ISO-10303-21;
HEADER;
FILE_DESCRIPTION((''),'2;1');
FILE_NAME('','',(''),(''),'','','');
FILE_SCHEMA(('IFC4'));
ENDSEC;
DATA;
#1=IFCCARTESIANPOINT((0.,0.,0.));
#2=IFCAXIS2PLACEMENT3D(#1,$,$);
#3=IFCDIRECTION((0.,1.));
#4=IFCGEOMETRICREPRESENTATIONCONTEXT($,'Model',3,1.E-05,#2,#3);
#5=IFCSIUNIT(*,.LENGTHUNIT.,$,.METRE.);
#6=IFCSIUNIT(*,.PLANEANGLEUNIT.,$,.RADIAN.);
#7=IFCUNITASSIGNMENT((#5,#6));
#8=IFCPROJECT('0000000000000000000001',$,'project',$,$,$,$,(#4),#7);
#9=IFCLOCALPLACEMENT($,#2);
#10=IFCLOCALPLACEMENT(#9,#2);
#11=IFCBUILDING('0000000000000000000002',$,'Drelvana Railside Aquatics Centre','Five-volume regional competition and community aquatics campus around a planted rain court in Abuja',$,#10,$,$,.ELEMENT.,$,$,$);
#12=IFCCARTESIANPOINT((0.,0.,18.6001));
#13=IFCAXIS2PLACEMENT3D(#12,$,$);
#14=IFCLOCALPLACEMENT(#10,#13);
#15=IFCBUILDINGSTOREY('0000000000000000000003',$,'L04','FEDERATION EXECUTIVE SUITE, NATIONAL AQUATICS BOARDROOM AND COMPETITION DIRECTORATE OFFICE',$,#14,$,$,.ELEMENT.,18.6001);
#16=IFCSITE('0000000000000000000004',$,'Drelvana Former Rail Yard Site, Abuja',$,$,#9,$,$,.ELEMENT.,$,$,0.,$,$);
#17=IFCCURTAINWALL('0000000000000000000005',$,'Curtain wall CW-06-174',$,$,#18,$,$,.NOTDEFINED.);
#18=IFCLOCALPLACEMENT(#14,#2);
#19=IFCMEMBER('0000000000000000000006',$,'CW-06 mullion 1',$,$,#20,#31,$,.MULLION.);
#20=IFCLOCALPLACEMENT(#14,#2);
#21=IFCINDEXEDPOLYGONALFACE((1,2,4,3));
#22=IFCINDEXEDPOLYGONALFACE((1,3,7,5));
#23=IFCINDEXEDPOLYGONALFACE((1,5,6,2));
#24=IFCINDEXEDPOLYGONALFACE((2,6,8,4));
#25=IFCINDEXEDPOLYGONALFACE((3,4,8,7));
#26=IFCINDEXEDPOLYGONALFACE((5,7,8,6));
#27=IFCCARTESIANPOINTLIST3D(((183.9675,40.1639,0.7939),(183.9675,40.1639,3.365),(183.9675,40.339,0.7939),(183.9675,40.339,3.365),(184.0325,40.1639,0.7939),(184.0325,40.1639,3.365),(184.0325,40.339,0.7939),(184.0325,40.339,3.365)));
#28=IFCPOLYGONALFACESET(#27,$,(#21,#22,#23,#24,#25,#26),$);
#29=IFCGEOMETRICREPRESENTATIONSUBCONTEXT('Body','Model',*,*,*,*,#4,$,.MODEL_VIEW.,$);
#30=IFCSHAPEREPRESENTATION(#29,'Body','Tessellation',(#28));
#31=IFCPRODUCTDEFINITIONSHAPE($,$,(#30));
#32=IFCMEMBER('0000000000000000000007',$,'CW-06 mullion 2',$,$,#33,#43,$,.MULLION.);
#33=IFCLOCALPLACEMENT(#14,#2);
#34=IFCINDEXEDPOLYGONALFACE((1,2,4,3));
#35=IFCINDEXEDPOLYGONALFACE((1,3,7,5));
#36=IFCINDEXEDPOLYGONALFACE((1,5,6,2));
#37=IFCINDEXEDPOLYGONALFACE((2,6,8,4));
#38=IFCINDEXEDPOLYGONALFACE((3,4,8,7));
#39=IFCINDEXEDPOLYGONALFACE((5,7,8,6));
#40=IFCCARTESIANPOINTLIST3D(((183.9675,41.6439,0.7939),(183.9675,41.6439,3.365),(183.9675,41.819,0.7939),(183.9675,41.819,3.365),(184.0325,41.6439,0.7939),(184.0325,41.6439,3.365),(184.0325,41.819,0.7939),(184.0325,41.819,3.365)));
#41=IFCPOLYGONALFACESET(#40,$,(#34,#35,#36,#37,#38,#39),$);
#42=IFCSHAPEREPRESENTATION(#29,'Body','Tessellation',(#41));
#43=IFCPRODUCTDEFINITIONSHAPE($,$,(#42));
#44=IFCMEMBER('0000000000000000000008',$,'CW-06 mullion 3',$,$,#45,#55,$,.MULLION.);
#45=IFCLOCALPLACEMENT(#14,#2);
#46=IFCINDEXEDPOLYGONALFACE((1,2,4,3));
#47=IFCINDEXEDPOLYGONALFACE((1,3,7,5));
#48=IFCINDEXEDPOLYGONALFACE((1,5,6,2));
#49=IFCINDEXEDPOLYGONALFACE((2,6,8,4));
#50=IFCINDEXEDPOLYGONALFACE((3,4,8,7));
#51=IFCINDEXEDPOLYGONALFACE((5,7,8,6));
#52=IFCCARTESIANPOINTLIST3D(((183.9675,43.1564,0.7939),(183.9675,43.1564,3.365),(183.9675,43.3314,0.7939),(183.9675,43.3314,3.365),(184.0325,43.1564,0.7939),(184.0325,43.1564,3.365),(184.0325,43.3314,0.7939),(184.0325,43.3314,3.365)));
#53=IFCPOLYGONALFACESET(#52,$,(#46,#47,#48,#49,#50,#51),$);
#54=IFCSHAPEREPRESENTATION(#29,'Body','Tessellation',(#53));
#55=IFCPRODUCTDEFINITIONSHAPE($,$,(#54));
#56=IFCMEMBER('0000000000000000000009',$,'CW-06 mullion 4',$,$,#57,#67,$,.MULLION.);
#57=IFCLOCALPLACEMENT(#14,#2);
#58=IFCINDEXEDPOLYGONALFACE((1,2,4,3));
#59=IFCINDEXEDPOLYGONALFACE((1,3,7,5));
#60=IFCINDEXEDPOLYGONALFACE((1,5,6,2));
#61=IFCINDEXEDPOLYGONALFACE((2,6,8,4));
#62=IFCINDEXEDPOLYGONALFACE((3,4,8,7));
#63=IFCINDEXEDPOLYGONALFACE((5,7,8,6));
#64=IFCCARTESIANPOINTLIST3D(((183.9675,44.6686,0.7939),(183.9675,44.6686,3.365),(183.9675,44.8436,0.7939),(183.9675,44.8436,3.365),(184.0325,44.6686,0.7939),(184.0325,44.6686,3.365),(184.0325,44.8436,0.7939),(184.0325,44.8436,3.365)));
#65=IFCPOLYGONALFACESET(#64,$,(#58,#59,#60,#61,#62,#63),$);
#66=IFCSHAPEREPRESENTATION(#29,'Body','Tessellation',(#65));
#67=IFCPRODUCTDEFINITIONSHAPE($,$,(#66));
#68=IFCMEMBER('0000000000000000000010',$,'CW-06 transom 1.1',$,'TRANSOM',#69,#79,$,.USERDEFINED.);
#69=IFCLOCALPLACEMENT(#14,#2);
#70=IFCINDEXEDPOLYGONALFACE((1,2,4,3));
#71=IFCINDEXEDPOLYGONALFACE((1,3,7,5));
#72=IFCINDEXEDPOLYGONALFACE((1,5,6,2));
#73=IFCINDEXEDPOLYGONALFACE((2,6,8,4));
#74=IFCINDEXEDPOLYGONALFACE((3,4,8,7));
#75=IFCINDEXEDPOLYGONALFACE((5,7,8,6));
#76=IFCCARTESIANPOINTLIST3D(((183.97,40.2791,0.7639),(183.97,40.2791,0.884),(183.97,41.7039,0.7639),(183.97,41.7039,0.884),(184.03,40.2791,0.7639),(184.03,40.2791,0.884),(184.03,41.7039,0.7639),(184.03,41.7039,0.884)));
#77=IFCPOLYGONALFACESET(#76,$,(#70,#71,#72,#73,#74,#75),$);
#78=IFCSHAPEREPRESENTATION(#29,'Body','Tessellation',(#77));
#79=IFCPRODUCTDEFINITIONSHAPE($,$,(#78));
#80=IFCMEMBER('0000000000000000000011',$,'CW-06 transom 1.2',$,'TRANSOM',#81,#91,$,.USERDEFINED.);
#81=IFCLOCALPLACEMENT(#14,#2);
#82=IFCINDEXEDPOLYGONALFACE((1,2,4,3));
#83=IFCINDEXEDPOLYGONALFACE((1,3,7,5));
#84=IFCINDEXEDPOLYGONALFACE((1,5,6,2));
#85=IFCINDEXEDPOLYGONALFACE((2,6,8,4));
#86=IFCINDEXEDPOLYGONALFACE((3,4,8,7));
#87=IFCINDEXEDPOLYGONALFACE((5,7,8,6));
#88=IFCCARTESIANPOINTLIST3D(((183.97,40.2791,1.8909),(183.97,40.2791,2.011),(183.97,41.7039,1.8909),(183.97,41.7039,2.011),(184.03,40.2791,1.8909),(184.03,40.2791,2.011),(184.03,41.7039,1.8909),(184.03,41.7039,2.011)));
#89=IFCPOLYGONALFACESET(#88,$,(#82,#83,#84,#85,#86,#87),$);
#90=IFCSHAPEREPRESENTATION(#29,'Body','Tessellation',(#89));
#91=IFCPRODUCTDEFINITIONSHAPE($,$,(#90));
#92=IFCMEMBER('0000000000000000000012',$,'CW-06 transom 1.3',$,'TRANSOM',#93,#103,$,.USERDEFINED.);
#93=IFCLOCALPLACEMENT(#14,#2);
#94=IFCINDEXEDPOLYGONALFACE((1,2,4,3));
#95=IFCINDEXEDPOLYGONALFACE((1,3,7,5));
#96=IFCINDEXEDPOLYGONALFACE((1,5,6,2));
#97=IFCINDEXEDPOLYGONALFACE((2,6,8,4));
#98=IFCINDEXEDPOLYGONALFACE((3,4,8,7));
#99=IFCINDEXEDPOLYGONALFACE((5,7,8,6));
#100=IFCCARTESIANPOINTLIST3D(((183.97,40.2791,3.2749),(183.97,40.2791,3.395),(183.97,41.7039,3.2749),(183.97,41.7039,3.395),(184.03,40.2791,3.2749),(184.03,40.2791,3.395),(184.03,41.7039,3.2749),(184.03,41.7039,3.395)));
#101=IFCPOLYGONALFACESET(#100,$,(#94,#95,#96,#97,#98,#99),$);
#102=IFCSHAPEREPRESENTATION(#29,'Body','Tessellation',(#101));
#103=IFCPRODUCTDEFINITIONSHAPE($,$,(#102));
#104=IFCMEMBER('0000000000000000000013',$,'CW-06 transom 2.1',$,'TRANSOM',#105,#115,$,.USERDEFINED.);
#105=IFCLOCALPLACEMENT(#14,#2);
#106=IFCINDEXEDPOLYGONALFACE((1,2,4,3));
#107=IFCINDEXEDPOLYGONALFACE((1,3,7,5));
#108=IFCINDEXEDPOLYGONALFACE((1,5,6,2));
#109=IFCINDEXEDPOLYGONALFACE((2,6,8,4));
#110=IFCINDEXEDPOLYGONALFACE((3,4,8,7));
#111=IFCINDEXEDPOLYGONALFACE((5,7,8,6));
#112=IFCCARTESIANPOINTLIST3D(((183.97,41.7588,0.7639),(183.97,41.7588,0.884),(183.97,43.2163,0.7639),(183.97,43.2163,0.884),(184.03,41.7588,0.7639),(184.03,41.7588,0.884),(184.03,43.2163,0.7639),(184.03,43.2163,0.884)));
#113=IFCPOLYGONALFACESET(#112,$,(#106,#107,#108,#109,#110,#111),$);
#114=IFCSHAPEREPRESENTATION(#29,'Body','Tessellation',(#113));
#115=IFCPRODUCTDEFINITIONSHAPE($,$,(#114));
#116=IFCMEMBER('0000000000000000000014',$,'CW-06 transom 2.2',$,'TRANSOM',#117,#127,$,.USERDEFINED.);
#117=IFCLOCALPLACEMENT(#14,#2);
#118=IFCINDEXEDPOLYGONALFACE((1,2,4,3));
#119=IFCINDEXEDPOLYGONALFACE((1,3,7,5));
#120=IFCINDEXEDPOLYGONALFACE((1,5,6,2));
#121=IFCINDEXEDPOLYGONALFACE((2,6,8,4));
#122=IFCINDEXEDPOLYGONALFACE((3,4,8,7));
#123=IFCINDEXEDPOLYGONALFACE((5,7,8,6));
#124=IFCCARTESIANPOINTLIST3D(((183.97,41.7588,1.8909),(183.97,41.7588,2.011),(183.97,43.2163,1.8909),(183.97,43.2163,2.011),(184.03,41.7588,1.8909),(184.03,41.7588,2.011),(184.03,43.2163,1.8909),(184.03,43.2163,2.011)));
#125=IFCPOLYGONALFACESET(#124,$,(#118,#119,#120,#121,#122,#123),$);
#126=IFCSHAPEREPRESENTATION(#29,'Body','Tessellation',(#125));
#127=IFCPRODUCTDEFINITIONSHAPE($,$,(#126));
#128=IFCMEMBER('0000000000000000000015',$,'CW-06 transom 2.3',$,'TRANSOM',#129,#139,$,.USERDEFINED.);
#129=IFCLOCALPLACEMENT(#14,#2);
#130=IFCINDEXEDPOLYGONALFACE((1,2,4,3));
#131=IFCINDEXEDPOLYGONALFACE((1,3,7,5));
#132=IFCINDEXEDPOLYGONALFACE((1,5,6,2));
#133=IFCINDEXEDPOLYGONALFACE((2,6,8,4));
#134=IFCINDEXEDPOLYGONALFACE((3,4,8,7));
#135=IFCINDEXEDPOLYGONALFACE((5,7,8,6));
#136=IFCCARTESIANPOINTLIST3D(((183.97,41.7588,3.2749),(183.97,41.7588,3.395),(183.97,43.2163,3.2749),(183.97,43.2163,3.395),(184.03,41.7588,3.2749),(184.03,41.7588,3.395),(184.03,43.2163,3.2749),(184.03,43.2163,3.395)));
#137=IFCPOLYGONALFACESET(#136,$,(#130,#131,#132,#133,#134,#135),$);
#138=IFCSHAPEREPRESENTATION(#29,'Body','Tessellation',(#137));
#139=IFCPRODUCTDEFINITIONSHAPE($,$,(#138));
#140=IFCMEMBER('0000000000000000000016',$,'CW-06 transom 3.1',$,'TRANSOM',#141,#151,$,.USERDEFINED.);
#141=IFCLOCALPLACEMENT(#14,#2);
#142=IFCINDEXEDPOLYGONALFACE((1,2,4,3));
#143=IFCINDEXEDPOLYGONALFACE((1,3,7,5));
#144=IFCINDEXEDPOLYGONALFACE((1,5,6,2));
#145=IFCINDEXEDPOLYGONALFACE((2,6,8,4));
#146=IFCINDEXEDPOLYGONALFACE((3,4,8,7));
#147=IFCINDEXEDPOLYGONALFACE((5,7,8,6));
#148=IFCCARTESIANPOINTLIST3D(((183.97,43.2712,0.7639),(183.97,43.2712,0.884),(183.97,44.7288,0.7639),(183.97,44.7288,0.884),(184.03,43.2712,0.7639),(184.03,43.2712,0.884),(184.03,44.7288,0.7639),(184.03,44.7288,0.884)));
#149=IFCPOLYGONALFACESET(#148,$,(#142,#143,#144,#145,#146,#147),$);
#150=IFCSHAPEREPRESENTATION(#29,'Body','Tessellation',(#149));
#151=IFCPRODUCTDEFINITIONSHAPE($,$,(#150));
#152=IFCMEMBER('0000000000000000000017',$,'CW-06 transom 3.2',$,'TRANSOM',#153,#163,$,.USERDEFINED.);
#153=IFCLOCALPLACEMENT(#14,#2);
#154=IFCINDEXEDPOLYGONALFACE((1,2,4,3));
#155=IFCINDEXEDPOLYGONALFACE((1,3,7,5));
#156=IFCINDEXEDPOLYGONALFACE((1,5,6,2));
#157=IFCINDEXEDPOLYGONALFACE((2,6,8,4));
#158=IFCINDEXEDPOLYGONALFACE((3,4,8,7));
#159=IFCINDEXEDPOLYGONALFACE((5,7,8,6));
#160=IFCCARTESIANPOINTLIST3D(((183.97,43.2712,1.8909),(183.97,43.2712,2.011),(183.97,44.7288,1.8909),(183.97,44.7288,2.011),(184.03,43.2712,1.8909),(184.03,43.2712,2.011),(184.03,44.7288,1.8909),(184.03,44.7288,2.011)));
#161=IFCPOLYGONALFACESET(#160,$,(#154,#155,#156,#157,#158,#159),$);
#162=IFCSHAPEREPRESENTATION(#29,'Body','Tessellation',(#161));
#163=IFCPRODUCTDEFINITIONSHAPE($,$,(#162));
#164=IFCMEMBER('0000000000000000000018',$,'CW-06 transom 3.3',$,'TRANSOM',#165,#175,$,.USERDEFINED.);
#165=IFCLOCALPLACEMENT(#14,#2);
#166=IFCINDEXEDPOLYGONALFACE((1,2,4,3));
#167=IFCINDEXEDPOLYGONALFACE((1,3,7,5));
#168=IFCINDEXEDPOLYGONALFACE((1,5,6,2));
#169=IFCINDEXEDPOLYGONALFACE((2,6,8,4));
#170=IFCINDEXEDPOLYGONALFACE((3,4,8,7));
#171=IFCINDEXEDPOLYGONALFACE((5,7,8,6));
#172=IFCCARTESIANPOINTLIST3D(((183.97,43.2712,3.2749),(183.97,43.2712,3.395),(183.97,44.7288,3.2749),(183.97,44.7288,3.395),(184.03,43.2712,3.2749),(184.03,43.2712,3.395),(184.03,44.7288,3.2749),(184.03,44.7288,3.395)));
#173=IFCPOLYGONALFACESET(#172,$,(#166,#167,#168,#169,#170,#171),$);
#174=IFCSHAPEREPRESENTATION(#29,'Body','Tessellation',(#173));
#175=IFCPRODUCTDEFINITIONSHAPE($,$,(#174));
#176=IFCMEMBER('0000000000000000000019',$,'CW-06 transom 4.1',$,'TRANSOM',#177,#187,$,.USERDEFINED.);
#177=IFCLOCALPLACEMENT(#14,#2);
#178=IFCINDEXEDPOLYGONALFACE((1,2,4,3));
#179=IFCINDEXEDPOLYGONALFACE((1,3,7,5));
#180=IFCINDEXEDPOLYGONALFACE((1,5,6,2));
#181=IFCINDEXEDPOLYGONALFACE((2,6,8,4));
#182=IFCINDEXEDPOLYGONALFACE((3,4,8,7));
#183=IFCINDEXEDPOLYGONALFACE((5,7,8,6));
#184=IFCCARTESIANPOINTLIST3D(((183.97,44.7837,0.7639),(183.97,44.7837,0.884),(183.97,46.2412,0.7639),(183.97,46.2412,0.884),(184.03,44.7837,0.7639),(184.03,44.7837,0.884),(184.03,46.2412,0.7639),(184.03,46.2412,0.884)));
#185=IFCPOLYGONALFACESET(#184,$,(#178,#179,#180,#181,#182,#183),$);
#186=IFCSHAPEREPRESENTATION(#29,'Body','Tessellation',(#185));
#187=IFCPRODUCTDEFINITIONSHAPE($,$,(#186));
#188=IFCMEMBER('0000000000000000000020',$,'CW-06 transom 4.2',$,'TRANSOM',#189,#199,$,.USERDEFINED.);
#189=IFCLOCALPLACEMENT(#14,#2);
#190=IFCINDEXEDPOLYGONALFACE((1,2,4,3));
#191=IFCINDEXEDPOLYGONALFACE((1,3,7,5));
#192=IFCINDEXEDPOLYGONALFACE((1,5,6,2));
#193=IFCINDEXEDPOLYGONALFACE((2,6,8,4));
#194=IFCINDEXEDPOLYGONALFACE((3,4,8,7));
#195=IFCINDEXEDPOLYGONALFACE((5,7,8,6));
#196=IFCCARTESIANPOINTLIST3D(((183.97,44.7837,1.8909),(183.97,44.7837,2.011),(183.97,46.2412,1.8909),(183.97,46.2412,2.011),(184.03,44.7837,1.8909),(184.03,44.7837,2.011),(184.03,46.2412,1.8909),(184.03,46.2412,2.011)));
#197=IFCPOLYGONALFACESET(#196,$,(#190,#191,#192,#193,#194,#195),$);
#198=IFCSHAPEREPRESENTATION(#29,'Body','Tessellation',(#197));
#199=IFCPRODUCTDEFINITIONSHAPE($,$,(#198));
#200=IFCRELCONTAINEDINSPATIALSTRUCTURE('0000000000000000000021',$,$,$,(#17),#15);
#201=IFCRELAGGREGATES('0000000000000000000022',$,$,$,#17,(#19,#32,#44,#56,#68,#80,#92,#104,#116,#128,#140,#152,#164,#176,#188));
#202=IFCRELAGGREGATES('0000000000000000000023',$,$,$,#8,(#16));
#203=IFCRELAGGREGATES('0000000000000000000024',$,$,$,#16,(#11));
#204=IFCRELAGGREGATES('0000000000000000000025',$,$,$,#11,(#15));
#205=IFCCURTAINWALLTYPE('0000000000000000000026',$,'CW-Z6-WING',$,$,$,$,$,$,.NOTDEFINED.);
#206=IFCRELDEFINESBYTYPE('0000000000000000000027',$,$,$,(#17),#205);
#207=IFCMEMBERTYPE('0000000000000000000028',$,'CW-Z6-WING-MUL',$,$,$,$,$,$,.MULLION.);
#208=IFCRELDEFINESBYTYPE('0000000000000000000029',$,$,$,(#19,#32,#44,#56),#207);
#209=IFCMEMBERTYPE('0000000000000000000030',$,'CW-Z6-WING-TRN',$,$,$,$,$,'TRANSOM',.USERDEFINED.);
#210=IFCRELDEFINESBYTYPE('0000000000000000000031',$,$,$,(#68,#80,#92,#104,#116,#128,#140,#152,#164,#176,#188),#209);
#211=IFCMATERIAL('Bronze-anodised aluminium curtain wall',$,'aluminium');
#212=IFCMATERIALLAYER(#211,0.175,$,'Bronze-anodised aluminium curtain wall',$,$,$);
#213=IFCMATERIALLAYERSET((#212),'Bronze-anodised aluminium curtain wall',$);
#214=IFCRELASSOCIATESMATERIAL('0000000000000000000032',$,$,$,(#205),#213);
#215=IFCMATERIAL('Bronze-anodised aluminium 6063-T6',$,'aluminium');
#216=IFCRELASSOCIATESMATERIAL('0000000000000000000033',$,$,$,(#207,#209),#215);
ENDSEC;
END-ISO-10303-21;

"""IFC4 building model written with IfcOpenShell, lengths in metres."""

from ifc_helpers import new_model, si_unit, direction, frame, origin, origin_2d, place, context, subcontext, project, spatial, rectangle, extrude, material, layer, layer_set, material_profile, profile_set, type_object, element, aggregate, save


model = new_model("IFC4")

# Units and contexts
model_context = context("Model", 3, precision=1e-05, world=origin(), true_north=direction((0.0, 1.0)))
body_context = subcontext(model_context, "Body", "Model", "MODEL_VIEW")
ifc_project = project(units=[si_unit("LENGTHUNIT", "METRE"), si_unit("PLANEANGLEUNIT", "RADIAN")], contexts=[model_context])

# Site, building, storey
site_placement = place(None, origin())
site = spatial("IfcSite", under=ifc_project, at=site_placement, Name="Drelvana Former Rail Yard Site, Abuja", CompositionType="ELEMENT", RefElevation=0.0)
building_placement = place(site_placement, origin())
building = spatial("IfcBuilding", under=site, at=building_placement, Name="Drelvana Railside Aquatics Centre", Description="Five-volume regional competition and community aquatics campus around a planted rain court in Abuja", CompositionType="ELEMENT")
storey_placement = place(building_placement, frame((0.0, 0.0, 18.6001)))
storey = spatial("IfcBuildingStorey", under=building, at=storey_placement, Name="L04", Description="FEDERATION EXECUTIVE SUITE, NATIONAL AQUATICS BOARDROOM AND COMPETITION DIRECTORATE OFFICE", CompositionType="ELEMENT", Elevation=18.6001)

# Curtain wall, members
ifc_material_1 = material(Name="Bronze-anodised aluminium curtain wall", Category="aluminium")
ifc_layer_1 = layer(ifc_material_1, 0.175, Name="Bronze-anodised aluminium curtain wall")
ifc_layer_set_1 = layer_set([ifc_layer_1], Name="Bronze-anodised aluminium curtain wall")
curtain_wall_type = type_object("IfcCurtainWallType", Name="CW-Z6-WING", PredefinedType="NOTDEFINED", material=ifc_layer_set_1)
curtain_wall_placement = place(storey_placement, origin())
curtain_wall = element("IfcCurtainWall", 1, at=curtain_wall_placement, inside=storey, type_object=curtain_wall_type, Name="Curtain wall CW-06-174", PredefinedType="NOTDEFINED")
ifc_material_2 = material(Name="Bronze-anodised aluminium 6063-T6", Category="aluminium")
ifc_material_profile_1 = material_profile(ifc_material_2, rectangle(XDim=0.0649, YDim=0.175, at=origin_2d()), Name="ALU-M 65x175")
ifc_profile_set_1 = profile_set([ifc_material_profile_1], Name="Bronze-anodised aluminium 6063-T6")
member_type_1 = type_object("IfcMemberType", Name="CW-Z6-WING-MUL", PredefinedType="MULLION", material=ifc_profile_set_1)
member_1_placement = place(storey_placement, frame((184.0, 40.2515, 0.7939), z_axis=(0.0, 0.0, 1.0), x_axis=(-1.0, 0.0, 0.0)))
member_1 = element("IfcMember", 2, at=member_1_placement, type_object=member_type_1, Name="CW-06 mullion 1", PredefinedType="MULLION", context=body_context, shape_type="SweptSolid", body=[
    extrude(rectangle(XDim=0.0649, YDim=0.175, at=origin_2d()), origin(), (0.0, 0.0, 1.0), 2.571),
])
member_2_placement = place(storey_placement, frame((184.0, 41.7314, 0.7939), z_axis=(0.0, 0.0, 1.0), x_axis=(-1.0, 0.0, 0.0)))
member_2 = element("IfcMember", 3, at=member_2_placement, type_object=member_type_1, Name="CW-06 mullion 2", PredefinedType="MULLION", context=body_context, shape_type="SweptSolid", body=[
    extrude(rectangle(XDim=0.0649, YDim=0.175, at=origin_2d()), origin(), (0.0, 0.0, 1.0), 2.571),
])
member_3_placement = place(storey_placement, frame((184.0, 43.2439, 0.7939), z_axis=(0.0, 0.0, 1.0), x_axis=(-1.0, 0.0, 0.0)))
member_3 = element("IfcMember", 4, at=member_3_placement, type_object=member_type_1, Name="CW-06 mullion 3", PredefinedType="MULLION", context=body_context, shape_type="SweptSolid", body=[
    extrude(rectangle(XDim=0.0649, YDim=0.175, at=origin_2d()), origin(), (0.0, 0.0, 1.0), 2.571),
])
member_4_placement = place(storey_placement, frame((184.0, 44.7561, 0.7939), z_axis=(0.0, 0.0, 1.0), x_axis=(-1.0, 0.0, 0.0)))
member_4 = element("IfcMember", 5, at=member_4_placement, type_object=member_type_1, Name="CW-06 mullion 4", PredefinedType="MULLION", context=body_context, shape_type="SweptSolid", body=[
    extrude(rectangle(XDim=0.0649, YDim=0.175, at=origin_2d()), origin(), (0.0, 0.0, 1.0), 2.571),
])
ifc_material_profile_2 = material_profile(ifc_material_2, rectangle(XDim=0.1201, YDim=0.0601, at=origin_2d()), Name="ALU-T 60x120")
ifc_profile_set_2 = profile_set([ifc_material_profile_2], Name="Bronze-anodised aluminium 6063-T6")
member_type_2 = type_object("IfcMemberType", Name="CW-Z6-WING-TRN", ElementType="TRANSOM", PredefinedType="USERDEFINED", material=ifc_profile_set_2)
member_5_placement = place(storey_placement, frame((184.0, 40.2791, 0.824), z_axis=(0.0, 1.0, 0.0), x_axis=(0.0, 0.0, 1.0)))
member_5 = element("IfcMember", 6, at=member_5_placement, type_object=member_type_2, Name="CW-06 transom 1.1", ObjectType="TRANSOM", PredefinedType="USERDEFINED", context=body_context, shape_type="SweptSolid", body=[
    extrude(rectangle(XDim=0.1201, YDim=0.0601, at=origin_2d()), origin(), (0.0, 0.0, 1.0), 1.4248),
])
member_6_placement = place(storey_placement, frame((184.0, 40.2791, 1.9509), z_axis=(0.0, 1.0, 0.0), x_axis=(0.0, 0.0, 1.0)))
member_6 = element("IfcMember", 7, at=member_6_placement, type_object=member_type_2, Name="CW-06 transom 1.2", ObjectType="TRANSOM", PredefinedType="USERDEFINED", context=body_context, shape_type="SweptSolid", body=[
    extrude(rectangle(XDim=0.1201, YDim=0.0601, at=origin_2d()), origin(), (0.0, 0.0, 1.0), 1.4248),
])
member_7_placement = place(storey_placement, frame((184.0, 40.2791, 3.335), z_axis=(0.0, 1.0, 0.0), x_axis=(0.0, 0.0, 1.0)))
member_7 = element("IfcMember", 8, at=member_7_placement, type_object=member_type_2, Name="CW-06 transom 1.3", ObjectType="TRANSOM", PredefinedType="USERDEFINED", context=body_context, shape_type="SweptSolid", body=[
    extrude(rectangle(XDim=0.1201, YDim=0.0601, at=origin_2d()), origin(), (0.0, 0.0, 1.0), 1.4248),
])
member_8_placement = place(storey_placement, frame((184.0, 41.7588, 0.824), z_axis=(0.0, 1.0, 0.0), x_axis=(0.0, 0.0, 1.0)))
member_8 = element("IfcMember", 9, at=member_8_placement, type_object=member_type_2, Name="CW-06 transom 2.1", ObjectType="TRANSOM", PredefinedType="USERDEFINED", context=body_context, shape_type="SweptSolid", body=[
    extrude(rectangle(XDim=0.1201, YDim=0.0601, at=origin_2d()), origin(), (0.0, 0.0, 1.0), 1.4575),
])
member_9_placement = place(storey_placement, frame((184.0, 41.7588, 1.9509), z_axis=(0.0, 1.0, 0.0), x_axis=(0.0, 0.0, 1.0)))
member_9 = element("IfcMember", 10, at=member_9_placement, type_object=member_type_2, Name="CW-06 transom 2.2", ObjectType="TRANSOM", PredefinedType="USERDEFINED", context=body_context, shape_type="SweptSolid", body=[
    extrude(rectangle(XDim=0.1201, YDim=0.0601, at=origin_2d()), origin(), (0.0, 0.0, 1.0), 1.4575),
])
member_10_placement = place(storey_placement, frame((184.0, 41.7588, 3.335), z_axis=(0.0, 1.0, 0.0), x_axis=(0.0, 0.0, 1.0)))
member_10 = element("IfcMember", 11, at=member_10_placement, type_object=member_type_2, Name="CW-06 transom 2.3", ObjectType="TRANSOM", PredefinedType="USERDEFINED", context=body_context, shape_type="SweptSolid", body=[
    extrude(rectangle(XDim=0.1201, YDim=0.0601, at=origin_2d()), origin(), (0.0, 0.0, 1.0), 1.4575),
])
member_11_placement = place(storey_placement, frame((184.0, 43.2712, 0.824), z_axis=(0.0, 1.0, 0.0), x_axis=(0.0, 0.0, 1.0)))
member_11 = element("IfcMember", 12, at=member_11_placement, type_object=member_type_2, Name="CW-06 transom 3.1", ObjectType="TRANSOM", PredefinedType="USERDEFINED", context=body_context, shape_type="SweptSolid", body=[
    extrude(rectangle(XDim=0.1201, YDim=0.0601, at=origin_2d()), origin(), (0.0, 0.0, 1.0), 1.4575),
])
member_12_placement = place(storey_placement, frame((184.0, 43.2712, 1.9509), z_axis=(0.0, 1.0, 0.0), x_axis=(0.0, 0.0, 1.0)))
member_12 = element("IfcMember", 13, at=member_12_placement, type_object=member_type_2, Name="CW-06 transom 3.2", ObjectType="TRANSOM", PredefinedType="USERDEFINED", context=body_context, shape_type="SweptSolid", body=[
    extrude(rectangle(XDim=0.1201, YDim=0.0601, at=origin_2d()), origin(), (0.0, 0.0, 1.0), 1.4575),
])
member_13_placement = place(storey_placement, frame((184.0, 43.2712, 3.335), z_axis=(0.0, 1.0, 0.0), x_axis=(0.0, 0.0, 1.0)))
member_13 = element("IfcMember", 14, at=member_13_placement, type_object=member_type_2, Name="CW-06 transom 3.3", ObjectType="TRANSOM", PredefinedType="USERDEFINED", context=body_context, shape_type="SweptSolid", body=[
    extrude(rectangle(XDim=0.1201, YDim=0.0601, at=origin_2d()), origin(), (0.0, 0.0, 1.0), 1.4575),
])
member_14_placement = place(storey_placement, frame((184.0, 44.7837, 0.824), z_axis=(0.0, 1.0, 0.0), x_axis=(0.0, 0.0, 1.0)))
member_14 = element("IfcMember", 15, at=member_14_placement, type_object=member_type_2, Name="CW-06 transom 4.1", ObjectType="TRANSOM", PredefinedType="USERDEFINED", context=body_context, shape_type="SweptSolid", body=[
    extrude(rectangle(XDim=0.1201, YDim=0.0601, at=origin_2d()), origin(), (0.0, 0.0, 1.0), 1.4575),
])
member_15_placement = place(storey_placement, frame((184.0, 44.7837, 1.9509), z_axis=(0.0, 1.0, 0.0), x_axis=(0.0, 0.0, 1.0)))
member_15 = element("IfcMember", 16, at=member_15_placement, type_object=member_type_2, Name="CW-06 transom 4.2", ObjectType="TRANSOM", PredefinedType="USERDEFINED", context=body_context, shape_type="SweptSolid", body=[
    extrude(rectangle(XDim=0.1201, YDim=0.0601, at=origin_2d()), origin(), (0.0, 0.0, 1.0), 1.4575),
])

aggregate(curtain_wall, [member_1, member_2, member_3, member_4, member_5, member_6, member_7, member_8, member_9, member_10, member_11, member_12, member_13, member_14, member_15])

save(model, "model.ifc")
